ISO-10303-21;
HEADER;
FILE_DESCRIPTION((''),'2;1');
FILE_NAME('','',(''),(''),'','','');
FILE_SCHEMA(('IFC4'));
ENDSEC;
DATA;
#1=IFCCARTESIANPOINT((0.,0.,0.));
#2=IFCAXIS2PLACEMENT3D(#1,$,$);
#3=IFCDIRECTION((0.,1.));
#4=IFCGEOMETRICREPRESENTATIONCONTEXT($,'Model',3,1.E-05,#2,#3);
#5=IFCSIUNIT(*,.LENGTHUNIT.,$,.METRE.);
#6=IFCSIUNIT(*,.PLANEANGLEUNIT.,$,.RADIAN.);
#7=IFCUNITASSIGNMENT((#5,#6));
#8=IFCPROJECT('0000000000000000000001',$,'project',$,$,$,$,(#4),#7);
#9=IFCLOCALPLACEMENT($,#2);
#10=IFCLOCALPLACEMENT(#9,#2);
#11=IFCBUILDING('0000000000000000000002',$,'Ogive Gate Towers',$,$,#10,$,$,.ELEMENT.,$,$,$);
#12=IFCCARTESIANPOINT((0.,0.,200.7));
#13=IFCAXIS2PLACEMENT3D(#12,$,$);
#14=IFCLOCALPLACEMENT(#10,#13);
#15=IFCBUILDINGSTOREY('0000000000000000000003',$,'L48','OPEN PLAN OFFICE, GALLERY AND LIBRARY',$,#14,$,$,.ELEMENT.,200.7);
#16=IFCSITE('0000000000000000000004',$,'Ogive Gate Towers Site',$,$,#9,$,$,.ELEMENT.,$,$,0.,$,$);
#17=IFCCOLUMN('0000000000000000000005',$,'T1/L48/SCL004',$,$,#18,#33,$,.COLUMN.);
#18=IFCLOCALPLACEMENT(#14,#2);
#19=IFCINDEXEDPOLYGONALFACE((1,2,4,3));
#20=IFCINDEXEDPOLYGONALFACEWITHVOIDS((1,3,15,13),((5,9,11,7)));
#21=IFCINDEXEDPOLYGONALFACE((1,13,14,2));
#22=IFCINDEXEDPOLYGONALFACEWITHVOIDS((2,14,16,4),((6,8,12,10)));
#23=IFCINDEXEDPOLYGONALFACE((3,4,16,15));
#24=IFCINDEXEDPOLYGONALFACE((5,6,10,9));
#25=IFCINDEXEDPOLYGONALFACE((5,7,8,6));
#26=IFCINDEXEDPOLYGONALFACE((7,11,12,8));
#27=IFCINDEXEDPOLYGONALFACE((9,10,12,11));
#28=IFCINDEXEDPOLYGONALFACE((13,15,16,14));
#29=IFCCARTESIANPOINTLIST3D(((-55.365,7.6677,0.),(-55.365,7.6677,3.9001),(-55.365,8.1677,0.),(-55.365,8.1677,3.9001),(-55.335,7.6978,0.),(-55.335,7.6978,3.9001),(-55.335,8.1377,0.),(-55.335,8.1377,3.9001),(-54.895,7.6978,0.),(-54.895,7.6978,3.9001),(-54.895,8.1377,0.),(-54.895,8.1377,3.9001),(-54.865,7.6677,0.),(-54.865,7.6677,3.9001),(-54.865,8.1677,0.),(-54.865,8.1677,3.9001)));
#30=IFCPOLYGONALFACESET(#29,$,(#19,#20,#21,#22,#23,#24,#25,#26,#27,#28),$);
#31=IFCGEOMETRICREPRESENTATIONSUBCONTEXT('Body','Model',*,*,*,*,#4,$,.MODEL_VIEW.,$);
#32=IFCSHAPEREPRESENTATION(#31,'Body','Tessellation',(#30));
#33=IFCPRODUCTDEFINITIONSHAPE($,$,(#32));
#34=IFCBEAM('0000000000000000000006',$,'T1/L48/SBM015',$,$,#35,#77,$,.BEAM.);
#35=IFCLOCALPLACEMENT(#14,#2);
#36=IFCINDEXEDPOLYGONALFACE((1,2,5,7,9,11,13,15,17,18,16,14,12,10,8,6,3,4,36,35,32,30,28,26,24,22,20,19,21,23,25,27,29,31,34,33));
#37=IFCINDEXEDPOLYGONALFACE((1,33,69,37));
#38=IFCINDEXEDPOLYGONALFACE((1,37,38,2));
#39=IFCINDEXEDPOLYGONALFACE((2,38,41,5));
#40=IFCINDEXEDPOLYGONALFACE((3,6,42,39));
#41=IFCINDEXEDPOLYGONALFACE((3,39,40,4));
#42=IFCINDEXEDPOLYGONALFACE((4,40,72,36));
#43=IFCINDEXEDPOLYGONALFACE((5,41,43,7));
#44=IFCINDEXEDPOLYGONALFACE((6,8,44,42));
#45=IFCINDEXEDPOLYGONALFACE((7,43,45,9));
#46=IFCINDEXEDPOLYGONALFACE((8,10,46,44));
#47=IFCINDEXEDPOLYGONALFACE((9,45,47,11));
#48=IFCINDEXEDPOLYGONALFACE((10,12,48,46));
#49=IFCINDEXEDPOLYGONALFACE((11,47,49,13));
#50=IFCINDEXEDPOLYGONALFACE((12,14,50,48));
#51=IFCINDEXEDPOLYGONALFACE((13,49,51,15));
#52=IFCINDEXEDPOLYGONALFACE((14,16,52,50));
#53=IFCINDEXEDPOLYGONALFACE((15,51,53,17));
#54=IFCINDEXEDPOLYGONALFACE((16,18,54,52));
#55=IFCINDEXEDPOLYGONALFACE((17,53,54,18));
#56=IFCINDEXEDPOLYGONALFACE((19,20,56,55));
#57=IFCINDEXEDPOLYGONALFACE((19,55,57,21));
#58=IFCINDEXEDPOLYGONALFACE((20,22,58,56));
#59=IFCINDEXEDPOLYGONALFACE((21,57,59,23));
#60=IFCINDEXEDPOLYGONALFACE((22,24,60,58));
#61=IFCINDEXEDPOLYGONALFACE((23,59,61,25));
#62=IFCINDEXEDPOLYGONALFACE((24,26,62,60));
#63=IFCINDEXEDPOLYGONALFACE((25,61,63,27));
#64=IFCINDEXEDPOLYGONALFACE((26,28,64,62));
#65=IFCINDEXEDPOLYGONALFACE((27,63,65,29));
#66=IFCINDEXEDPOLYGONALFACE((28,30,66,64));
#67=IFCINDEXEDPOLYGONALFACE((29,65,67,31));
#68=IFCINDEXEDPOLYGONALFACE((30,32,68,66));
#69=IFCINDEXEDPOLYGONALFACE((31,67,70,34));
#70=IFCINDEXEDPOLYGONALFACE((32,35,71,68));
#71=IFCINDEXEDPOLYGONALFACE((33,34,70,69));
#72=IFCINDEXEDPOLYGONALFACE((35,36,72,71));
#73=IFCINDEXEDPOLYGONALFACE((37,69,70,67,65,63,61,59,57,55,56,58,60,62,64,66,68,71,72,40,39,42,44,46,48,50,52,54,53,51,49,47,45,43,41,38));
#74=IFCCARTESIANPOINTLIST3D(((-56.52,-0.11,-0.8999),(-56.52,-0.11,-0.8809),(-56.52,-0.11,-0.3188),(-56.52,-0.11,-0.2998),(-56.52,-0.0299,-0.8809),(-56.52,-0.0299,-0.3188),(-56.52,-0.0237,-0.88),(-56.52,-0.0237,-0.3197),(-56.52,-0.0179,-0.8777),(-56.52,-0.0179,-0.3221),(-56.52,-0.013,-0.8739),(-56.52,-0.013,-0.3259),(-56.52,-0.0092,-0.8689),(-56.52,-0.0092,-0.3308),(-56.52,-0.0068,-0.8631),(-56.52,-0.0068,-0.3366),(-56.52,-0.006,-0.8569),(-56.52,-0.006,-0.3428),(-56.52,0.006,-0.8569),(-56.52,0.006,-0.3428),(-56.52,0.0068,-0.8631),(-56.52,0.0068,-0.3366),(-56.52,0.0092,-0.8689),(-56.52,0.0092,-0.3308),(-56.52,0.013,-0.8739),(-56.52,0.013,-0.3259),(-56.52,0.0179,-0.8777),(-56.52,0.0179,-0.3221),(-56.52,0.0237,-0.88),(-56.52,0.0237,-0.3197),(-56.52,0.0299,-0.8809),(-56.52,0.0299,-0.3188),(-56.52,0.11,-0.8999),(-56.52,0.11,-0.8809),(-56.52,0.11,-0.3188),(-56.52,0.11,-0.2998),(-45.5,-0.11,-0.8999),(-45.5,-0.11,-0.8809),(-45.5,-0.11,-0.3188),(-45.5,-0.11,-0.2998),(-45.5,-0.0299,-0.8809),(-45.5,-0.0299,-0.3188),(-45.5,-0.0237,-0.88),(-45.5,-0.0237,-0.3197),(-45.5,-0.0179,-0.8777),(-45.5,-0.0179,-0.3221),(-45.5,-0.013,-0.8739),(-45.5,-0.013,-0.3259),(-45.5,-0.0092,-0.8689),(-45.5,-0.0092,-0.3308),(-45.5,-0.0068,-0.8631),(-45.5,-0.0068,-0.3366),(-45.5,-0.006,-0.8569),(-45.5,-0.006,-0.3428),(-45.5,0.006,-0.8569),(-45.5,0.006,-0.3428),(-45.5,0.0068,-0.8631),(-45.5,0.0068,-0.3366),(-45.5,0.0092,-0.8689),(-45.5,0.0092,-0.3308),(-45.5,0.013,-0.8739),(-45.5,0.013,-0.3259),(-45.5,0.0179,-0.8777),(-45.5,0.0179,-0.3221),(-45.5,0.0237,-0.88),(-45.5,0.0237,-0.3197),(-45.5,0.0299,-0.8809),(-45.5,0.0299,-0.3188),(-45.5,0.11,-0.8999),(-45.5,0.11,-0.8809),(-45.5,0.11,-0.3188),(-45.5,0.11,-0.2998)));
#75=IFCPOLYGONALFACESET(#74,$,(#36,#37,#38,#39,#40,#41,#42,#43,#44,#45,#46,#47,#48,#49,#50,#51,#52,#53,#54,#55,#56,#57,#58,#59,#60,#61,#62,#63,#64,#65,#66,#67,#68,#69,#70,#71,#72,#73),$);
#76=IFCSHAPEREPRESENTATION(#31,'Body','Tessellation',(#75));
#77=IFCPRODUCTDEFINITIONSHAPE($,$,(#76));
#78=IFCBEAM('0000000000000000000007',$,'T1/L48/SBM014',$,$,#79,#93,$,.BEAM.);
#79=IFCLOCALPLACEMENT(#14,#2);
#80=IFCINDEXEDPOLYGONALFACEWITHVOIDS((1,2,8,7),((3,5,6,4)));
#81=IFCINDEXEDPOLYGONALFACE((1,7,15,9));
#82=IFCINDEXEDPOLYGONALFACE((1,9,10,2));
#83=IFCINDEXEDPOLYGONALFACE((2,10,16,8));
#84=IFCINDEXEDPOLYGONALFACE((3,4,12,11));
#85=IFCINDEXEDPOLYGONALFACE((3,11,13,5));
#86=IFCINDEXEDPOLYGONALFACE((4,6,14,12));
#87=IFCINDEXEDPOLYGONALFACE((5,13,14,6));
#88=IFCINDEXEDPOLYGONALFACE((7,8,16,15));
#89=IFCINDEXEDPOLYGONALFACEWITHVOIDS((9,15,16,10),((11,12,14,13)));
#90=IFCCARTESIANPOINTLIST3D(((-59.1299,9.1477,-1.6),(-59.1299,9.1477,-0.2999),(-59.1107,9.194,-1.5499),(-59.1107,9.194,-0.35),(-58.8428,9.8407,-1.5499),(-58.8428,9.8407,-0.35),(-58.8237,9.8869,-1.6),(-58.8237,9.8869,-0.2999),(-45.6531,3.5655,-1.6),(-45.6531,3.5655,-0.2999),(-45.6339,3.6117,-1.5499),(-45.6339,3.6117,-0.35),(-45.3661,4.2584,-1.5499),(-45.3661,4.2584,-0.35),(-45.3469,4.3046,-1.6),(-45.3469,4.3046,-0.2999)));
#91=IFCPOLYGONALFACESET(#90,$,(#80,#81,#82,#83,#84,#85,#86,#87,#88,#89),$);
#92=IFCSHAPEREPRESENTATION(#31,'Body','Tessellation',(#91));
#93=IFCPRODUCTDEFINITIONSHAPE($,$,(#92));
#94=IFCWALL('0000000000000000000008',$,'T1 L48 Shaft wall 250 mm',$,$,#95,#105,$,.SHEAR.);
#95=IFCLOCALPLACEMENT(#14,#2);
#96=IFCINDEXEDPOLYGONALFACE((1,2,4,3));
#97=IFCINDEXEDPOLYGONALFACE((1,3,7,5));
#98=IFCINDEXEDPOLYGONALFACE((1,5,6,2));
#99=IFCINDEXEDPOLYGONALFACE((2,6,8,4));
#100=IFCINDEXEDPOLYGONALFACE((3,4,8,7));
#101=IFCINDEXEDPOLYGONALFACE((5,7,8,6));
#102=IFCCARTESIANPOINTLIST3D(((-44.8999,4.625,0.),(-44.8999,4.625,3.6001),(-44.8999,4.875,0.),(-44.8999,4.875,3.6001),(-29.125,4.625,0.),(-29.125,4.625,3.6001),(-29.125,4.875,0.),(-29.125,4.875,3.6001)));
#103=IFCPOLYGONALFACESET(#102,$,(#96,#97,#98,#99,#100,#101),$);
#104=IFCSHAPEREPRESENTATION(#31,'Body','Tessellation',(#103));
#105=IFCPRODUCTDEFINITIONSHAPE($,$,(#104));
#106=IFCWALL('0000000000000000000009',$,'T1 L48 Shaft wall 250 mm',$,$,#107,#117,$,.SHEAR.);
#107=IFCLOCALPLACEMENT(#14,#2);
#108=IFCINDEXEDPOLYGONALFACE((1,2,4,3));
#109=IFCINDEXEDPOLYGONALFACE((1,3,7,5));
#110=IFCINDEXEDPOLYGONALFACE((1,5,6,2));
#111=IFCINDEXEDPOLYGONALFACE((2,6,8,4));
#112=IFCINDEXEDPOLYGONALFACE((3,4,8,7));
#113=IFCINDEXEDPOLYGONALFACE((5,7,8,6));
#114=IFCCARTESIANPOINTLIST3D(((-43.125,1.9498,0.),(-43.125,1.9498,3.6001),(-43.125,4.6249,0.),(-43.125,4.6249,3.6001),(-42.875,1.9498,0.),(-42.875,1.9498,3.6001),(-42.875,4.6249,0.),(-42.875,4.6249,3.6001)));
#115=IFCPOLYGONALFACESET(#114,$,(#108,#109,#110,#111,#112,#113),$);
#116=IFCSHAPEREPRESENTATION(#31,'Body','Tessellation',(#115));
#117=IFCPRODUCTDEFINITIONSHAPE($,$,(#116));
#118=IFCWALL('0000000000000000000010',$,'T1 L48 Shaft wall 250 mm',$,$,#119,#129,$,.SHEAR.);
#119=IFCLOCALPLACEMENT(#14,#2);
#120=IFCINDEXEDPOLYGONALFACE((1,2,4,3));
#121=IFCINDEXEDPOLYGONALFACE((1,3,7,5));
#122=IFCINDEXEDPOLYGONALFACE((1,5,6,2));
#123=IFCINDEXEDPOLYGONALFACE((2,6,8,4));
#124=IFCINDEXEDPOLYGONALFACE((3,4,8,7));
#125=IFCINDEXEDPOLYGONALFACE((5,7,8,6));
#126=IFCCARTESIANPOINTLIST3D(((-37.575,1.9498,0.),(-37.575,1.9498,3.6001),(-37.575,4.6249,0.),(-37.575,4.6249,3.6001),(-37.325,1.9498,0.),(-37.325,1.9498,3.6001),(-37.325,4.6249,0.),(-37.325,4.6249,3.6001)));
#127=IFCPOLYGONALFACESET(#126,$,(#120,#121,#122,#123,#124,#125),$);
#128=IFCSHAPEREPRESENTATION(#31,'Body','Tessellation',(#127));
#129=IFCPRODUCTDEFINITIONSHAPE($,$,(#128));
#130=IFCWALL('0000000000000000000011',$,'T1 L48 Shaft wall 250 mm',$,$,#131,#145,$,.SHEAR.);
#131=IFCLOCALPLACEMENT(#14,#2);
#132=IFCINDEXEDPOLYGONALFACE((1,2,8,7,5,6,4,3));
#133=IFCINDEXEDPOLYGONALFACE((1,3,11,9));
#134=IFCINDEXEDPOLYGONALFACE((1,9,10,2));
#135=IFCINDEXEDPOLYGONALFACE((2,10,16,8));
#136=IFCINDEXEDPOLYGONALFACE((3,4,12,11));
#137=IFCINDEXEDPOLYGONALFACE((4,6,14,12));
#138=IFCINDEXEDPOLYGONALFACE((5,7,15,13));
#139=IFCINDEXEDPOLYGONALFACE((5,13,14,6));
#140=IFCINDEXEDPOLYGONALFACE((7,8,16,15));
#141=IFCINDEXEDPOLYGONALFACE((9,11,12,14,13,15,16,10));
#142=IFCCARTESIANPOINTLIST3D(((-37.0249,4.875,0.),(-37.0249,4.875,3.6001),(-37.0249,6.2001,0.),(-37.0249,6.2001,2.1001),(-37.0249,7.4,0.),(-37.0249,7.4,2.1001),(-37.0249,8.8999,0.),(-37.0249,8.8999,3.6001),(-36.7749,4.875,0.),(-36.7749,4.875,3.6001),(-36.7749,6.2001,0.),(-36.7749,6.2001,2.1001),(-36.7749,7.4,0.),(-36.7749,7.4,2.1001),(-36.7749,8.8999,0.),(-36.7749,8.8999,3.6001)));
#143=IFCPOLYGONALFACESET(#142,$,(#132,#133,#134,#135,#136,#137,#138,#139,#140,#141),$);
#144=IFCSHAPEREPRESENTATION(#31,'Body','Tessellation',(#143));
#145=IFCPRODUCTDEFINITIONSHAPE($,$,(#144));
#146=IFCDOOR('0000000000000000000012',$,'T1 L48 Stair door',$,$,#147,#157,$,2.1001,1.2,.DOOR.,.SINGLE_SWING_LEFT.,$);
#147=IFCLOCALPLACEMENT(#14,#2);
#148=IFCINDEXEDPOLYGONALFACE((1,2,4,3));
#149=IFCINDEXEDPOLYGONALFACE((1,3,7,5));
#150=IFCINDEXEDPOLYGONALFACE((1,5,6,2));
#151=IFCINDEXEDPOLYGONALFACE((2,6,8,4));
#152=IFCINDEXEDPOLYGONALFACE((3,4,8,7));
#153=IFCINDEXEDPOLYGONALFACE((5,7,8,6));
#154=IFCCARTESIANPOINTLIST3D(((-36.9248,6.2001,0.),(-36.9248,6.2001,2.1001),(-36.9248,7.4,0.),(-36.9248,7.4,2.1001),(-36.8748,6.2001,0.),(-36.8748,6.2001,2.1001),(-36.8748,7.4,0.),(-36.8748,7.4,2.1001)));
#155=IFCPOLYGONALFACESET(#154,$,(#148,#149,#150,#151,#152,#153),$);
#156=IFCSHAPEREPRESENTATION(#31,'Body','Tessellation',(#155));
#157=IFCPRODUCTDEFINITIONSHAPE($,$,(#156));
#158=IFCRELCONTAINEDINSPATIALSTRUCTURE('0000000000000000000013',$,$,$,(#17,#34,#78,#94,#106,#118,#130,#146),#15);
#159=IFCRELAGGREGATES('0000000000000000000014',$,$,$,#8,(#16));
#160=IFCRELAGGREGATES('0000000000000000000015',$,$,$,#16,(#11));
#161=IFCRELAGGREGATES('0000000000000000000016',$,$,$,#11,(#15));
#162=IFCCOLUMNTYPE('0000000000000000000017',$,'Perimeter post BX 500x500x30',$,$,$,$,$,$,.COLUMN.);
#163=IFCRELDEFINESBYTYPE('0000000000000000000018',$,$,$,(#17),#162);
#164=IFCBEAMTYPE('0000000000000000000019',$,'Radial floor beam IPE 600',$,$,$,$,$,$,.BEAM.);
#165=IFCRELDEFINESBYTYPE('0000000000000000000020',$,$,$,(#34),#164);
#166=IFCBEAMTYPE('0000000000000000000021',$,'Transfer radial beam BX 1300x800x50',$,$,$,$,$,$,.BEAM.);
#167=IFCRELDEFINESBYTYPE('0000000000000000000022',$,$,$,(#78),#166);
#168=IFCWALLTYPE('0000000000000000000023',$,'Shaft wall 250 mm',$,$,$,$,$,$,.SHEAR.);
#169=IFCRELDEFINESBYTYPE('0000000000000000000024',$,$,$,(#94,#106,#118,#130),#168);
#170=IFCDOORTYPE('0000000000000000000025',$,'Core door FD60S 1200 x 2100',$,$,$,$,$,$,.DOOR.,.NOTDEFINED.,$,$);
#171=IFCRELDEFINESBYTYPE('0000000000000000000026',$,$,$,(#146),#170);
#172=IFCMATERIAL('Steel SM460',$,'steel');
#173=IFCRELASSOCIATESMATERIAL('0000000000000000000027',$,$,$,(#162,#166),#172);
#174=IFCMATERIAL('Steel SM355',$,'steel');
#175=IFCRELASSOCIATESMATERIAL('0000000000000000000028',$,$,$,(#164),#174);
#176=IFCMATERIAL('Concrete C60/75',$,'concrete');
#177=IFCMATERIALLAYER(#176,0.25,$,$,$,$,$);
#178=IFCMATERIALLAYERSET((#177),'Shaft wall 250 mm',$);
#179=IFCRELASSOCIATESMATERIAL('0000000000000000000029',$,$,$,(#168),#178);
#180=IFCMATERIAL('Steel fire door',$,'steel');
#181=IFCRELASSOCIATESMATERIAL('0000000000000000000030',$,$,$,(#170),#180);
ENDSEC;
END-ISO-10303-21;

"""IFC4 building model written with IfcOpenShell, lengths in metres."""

from ifc_helpers import new_model, si_unit, direction, frame, frame_2d, origin, origin_2d, place, context, subcontext, project, spatial, rectangle, hollow_rectangle, i_section, extrude, material, layer, layer_set, material_profile, profile_set, type_object, element, fill, save


model = new_model("IFC4")

# Units and contexts
model_context = context("Model", 3, precision=1e-05, world=origin(), true_north=direction((0.0, 1.0)))
body_context = subcontext(model_context, "Body", "Model", "MODEL_VIEW")
ifc_project = project(units=[si_unit("LENGTHUNIT", "METRE"), si_unit("PLANEANGLEUNIT", "RADIAN")], contexts=[model_context])

# Site, building, storey
site_placement = place(None, origin())
site = spatial("IfcSite", under=ifc_project, at=site_placement, Name="Ogive Gate Towers Site", CompositionType="ELEMENT", RefElevation=0.0)
building_placement = place(site_placement, origin())
building = spatial("IfcBuilding", under=site, at=building_placement, Name="Ogive Gate Towers", CompositionType="ELEMENT")
storey_placement = place(building_placement, frame((0.0, 0.0, 200.7)))
storey = spatial("IfcBuildingStorey", under=building, at=storey_placement, Name="L48", Description="OPEN PLAN OFFICE, GALLERY AND LIBRARY", CompositionType="ELEMENT", Elevation=200.7)

# Column
ifc_material_1 = material(Name="Steel SM460", Category="steel")
ifc_material_profile_1 = material_profile(ifc_material_1, hollow_rectangle(XDim=0.5, YDim=0.5, WallThickness=0.03, at=origin_2d()), Name="BX 500x500x30")
ifc_profile_set_1 = profile_set([ifc_material_profile_1], Name="Steel SM460")
column_type = type_object("IfcColumnType", Name="Perimeter post BX 500x500x30", PredefinedType="COLUMN", material=ifc_profile_set_1)
column_placement = place(storey_placement, frame((-55.115, 7.9177, 0.0), z_axis=(0.0, 0.0, 1.0), x_axis=(1.0, 0.0, 0.0)))
element("IfcColumn", 1, at=column_placement, inside=storey, type_object=column_type, Name="T1/L48/SCL004", PredefinedType="COLUMN", context=body_context, shape_type="SweptSolid", body=[
    extrude(hollow_rectangle(XDim=0.5, YDim=0.5, WallThickness=0.03, at=origin_2d()), origin(), (0.0, 0.0, 1.0), 3.9001),
])

# Beams
ifc_material_2 = material(Name="Steel SM355", Category="steel")
ifc_material_profile_2 = material_profile(ifc_material_2, i_section(OverallWidth=0.22, OverallDepth=0.6001, WebThickness=0.012, FlangeThickness=0.019, FilletRadius=0.0239, at=origin_2d()), Name="IPE 600")
ifc_profile_set_2 = profile_set([ifc_material_profile_2], Name="Steel SM355")
beam_type_1 = type_object("IfcBeamType", Name="Radial floor beam IPE 600", PredefinedType="BEAM", material=ifc_profile_set_2)
beam_1_placement = place(storey_placement, frame((-45.5, 0.0, -0.5999), z_axis=(-1.0, 0.0, 0.0), x_axis=(0.0, -1.0, 0.0)))
element("IfcBeam", 2, at=beam_1_placement, inside=storey, type_object=beam_type_1, Name="T1/L48/SBM015", PredefinedType="BEAM", context=body_context, shape_type="SweptSolid", body=[
    extrude(i_section(OverallWidth=0.22, OverallDepth=0.6001, WebThickness=0.012, FlangeThickness=0.019, FilletRadius=0.0239, at=origin_2d()), origin(), (0.0, 0.0, 1.0), 11.02),
])
ifc_material_profile_3 = material_profile(ifc_material_1, hollow_rectangle(XDim=0.8, YDim=1.3, WallThickness=0.05, at=origin_2d()), Name="BX 1300x800x50")
ifc_profile_set_3 = profile_set([ifc_material_profile_3], Name="Steel SM460")
beam_type_2 = type_object("IfcBeamType", Name="Transfer radial beam BX 1300x800x50", PredefinedType="BEAM", material=ifc_profile_set_3)
beam_2_placement = place(storey_placement, frame((-45.5, 3.9351, -0.95), z_axis=(-0.92388, 0.382683, 0.0), x_axis=(-0.382683, -0.92388, 0.0)))
element("IfcBeam", 3, at=beam_2_placement, inside=storey, type_object=beam_type_2, Name="T1/L48/SBM014", PredefinedType="BEAM", context=body_context, shape_type="SweptSolid", body=[
    extrude(hollow_rectangle(XDim=0.8, YDim=1.3, WallThickness=0.05, at=origin_2d()), origin(), (0.0, 0.0, 1.0), 14.5872),
])

# Walls
ifc_material_3 = material(Name="Concrete C60/75", Category="concrete")
ifc_layer_1 = layer(ifc_material_3, 0.25)
ifc_layer_set_1 = layer_set([ifc_layer_1], Name="Shaft wall 250 mm")
wall_type_1 = type_object("IfcWallType", Name="Shaft wall 250 mm", PredefinedType="SHEAR", material=ifc_layer_set_1)
wall_1_placement = place(storey_placement, frame((-44.8999, 4.75, 0.0), z_axis=(0.0, 0.0, 1.0), x_axis=(1.0, 0.0, 0.0)))
element("IfcWall", 4, at=wall_1_placement, inside=storey, type_object=wall_type_1, Name="T1 L48 Shaft wall 250 mm", PredefinedType="SHEAR", context=body_context, shape_type="SweptSolid", body=[
    extrude(rectangle(XDim=15.7749, YDim=0.25, at=frame_2d((7.8875, 0.0))), origin(), (0.0, 0.0, 1.0), 3.6001),
])
for number, where, z_axis, x_axis, name in (
    (5, (-43.0, 1.95, 0.0), (0.0, 0.0, 1.0), (0.0, 1.0, 0.0), "T1 L48 Shaft wall 250 mm"),
    (6, (-37.45, 1.95, 0.0), (0.0, 0.0, 1.0), (0.0, 1.0, 0.0), "T1 L48 Shaft wall 250 mm"),
):
    element("IfcWall", number, at=place(storey_placement, frame(where, z_axis=z_axis, x_axis=x_axis)), inside=storey, type_object=wall_type_1, Name=name, PredefinedType="SHEAR", context=body_context, shape_type="SweptSolid", body=[
        extrude(rectangle(XDim=2.675, YDim=0.25, at=frame_2d((1.3374, 0.0))), origin(), (0.0, 0.0, 1.0), 3.6001),
    ])

# Wall, opening, door
wall_2_placement = place(storey_placement, frame((-36.8999, 4.875, 0.0), z_axis=(0.0, 0.0, 1.0), x_axis=(0.0, 1.0, 0.0)))
wall_2 = element("IfcWall", 7, at=wall_2_placement, inside=storey, type_object=wall_type_1, Name="T1 L48 Shaft wall 250 mm", PredefinedType="SHEAR", context=body_context, shape_type="SweptSolid", body=[
    extrude(rectangle(XDim=4.0249, YDim=0.25, at=frame_2d((2.0125, 0.0))), origin(), (0.0, 0.0, 1.0), 3.6001),
])
opening_1_placement = place(wall_2_placement, frame((1.325, 0.0, 0.0)))
opening_1 = element("IfcOpeningElement", 8, at=opening_1_placement, cuts=wall_2, PredefinedType="OPENING", context=body_context, shape_type="SweptSolid", body=[
    extrude(rectangle(XDim=1.2, YDim=2.1001, at=frame_2d((0.6001, 1.05))), frame((0.0, 0.135, 0.0), z_axis=(0.0, -1.0, 0.0), x_axis=(1.0, 0.0, 0.0)), (0.0, 0.0, 1.0), 0.27),
])
ifc_material_4 = material(Name="Steel fire door", Category="steel")
door_type_1 = type_object("IfcDoorType", Name="Core door FD60S 1200 x 2100", OperationType="NOTDEFINED", PredefinedType="DOOR", material=ifc_material_4)
door_1_placement = place(opening_1_placement, origin())
door_1 = element("IfcDoor", 9, at=door_1_placement, inside=storey, type_object=door_type_1, Name="T1 L48 Stair door", OperationType="SINGLE_SWING_LEFT", OverallHeight=2.1001, OverallWidth=1.2, PredefinedType="DOOR", context=body_context, shape_type="SweptSolid", body=[
    extrude(rectangle(XDim=1.2, YDim=2.1001, at=frame_2d((0.6001, 1.05))), frame((0.0, 0.0249, 0.0), z_axis=(0.0, -1.0, 0.0), x_axis=(1.0, 0.0, 0.0)), (0.0, 0.0, 1.0), 0.05),
])
fill(opening_1, door_1)

save(model, "model.ifc")
